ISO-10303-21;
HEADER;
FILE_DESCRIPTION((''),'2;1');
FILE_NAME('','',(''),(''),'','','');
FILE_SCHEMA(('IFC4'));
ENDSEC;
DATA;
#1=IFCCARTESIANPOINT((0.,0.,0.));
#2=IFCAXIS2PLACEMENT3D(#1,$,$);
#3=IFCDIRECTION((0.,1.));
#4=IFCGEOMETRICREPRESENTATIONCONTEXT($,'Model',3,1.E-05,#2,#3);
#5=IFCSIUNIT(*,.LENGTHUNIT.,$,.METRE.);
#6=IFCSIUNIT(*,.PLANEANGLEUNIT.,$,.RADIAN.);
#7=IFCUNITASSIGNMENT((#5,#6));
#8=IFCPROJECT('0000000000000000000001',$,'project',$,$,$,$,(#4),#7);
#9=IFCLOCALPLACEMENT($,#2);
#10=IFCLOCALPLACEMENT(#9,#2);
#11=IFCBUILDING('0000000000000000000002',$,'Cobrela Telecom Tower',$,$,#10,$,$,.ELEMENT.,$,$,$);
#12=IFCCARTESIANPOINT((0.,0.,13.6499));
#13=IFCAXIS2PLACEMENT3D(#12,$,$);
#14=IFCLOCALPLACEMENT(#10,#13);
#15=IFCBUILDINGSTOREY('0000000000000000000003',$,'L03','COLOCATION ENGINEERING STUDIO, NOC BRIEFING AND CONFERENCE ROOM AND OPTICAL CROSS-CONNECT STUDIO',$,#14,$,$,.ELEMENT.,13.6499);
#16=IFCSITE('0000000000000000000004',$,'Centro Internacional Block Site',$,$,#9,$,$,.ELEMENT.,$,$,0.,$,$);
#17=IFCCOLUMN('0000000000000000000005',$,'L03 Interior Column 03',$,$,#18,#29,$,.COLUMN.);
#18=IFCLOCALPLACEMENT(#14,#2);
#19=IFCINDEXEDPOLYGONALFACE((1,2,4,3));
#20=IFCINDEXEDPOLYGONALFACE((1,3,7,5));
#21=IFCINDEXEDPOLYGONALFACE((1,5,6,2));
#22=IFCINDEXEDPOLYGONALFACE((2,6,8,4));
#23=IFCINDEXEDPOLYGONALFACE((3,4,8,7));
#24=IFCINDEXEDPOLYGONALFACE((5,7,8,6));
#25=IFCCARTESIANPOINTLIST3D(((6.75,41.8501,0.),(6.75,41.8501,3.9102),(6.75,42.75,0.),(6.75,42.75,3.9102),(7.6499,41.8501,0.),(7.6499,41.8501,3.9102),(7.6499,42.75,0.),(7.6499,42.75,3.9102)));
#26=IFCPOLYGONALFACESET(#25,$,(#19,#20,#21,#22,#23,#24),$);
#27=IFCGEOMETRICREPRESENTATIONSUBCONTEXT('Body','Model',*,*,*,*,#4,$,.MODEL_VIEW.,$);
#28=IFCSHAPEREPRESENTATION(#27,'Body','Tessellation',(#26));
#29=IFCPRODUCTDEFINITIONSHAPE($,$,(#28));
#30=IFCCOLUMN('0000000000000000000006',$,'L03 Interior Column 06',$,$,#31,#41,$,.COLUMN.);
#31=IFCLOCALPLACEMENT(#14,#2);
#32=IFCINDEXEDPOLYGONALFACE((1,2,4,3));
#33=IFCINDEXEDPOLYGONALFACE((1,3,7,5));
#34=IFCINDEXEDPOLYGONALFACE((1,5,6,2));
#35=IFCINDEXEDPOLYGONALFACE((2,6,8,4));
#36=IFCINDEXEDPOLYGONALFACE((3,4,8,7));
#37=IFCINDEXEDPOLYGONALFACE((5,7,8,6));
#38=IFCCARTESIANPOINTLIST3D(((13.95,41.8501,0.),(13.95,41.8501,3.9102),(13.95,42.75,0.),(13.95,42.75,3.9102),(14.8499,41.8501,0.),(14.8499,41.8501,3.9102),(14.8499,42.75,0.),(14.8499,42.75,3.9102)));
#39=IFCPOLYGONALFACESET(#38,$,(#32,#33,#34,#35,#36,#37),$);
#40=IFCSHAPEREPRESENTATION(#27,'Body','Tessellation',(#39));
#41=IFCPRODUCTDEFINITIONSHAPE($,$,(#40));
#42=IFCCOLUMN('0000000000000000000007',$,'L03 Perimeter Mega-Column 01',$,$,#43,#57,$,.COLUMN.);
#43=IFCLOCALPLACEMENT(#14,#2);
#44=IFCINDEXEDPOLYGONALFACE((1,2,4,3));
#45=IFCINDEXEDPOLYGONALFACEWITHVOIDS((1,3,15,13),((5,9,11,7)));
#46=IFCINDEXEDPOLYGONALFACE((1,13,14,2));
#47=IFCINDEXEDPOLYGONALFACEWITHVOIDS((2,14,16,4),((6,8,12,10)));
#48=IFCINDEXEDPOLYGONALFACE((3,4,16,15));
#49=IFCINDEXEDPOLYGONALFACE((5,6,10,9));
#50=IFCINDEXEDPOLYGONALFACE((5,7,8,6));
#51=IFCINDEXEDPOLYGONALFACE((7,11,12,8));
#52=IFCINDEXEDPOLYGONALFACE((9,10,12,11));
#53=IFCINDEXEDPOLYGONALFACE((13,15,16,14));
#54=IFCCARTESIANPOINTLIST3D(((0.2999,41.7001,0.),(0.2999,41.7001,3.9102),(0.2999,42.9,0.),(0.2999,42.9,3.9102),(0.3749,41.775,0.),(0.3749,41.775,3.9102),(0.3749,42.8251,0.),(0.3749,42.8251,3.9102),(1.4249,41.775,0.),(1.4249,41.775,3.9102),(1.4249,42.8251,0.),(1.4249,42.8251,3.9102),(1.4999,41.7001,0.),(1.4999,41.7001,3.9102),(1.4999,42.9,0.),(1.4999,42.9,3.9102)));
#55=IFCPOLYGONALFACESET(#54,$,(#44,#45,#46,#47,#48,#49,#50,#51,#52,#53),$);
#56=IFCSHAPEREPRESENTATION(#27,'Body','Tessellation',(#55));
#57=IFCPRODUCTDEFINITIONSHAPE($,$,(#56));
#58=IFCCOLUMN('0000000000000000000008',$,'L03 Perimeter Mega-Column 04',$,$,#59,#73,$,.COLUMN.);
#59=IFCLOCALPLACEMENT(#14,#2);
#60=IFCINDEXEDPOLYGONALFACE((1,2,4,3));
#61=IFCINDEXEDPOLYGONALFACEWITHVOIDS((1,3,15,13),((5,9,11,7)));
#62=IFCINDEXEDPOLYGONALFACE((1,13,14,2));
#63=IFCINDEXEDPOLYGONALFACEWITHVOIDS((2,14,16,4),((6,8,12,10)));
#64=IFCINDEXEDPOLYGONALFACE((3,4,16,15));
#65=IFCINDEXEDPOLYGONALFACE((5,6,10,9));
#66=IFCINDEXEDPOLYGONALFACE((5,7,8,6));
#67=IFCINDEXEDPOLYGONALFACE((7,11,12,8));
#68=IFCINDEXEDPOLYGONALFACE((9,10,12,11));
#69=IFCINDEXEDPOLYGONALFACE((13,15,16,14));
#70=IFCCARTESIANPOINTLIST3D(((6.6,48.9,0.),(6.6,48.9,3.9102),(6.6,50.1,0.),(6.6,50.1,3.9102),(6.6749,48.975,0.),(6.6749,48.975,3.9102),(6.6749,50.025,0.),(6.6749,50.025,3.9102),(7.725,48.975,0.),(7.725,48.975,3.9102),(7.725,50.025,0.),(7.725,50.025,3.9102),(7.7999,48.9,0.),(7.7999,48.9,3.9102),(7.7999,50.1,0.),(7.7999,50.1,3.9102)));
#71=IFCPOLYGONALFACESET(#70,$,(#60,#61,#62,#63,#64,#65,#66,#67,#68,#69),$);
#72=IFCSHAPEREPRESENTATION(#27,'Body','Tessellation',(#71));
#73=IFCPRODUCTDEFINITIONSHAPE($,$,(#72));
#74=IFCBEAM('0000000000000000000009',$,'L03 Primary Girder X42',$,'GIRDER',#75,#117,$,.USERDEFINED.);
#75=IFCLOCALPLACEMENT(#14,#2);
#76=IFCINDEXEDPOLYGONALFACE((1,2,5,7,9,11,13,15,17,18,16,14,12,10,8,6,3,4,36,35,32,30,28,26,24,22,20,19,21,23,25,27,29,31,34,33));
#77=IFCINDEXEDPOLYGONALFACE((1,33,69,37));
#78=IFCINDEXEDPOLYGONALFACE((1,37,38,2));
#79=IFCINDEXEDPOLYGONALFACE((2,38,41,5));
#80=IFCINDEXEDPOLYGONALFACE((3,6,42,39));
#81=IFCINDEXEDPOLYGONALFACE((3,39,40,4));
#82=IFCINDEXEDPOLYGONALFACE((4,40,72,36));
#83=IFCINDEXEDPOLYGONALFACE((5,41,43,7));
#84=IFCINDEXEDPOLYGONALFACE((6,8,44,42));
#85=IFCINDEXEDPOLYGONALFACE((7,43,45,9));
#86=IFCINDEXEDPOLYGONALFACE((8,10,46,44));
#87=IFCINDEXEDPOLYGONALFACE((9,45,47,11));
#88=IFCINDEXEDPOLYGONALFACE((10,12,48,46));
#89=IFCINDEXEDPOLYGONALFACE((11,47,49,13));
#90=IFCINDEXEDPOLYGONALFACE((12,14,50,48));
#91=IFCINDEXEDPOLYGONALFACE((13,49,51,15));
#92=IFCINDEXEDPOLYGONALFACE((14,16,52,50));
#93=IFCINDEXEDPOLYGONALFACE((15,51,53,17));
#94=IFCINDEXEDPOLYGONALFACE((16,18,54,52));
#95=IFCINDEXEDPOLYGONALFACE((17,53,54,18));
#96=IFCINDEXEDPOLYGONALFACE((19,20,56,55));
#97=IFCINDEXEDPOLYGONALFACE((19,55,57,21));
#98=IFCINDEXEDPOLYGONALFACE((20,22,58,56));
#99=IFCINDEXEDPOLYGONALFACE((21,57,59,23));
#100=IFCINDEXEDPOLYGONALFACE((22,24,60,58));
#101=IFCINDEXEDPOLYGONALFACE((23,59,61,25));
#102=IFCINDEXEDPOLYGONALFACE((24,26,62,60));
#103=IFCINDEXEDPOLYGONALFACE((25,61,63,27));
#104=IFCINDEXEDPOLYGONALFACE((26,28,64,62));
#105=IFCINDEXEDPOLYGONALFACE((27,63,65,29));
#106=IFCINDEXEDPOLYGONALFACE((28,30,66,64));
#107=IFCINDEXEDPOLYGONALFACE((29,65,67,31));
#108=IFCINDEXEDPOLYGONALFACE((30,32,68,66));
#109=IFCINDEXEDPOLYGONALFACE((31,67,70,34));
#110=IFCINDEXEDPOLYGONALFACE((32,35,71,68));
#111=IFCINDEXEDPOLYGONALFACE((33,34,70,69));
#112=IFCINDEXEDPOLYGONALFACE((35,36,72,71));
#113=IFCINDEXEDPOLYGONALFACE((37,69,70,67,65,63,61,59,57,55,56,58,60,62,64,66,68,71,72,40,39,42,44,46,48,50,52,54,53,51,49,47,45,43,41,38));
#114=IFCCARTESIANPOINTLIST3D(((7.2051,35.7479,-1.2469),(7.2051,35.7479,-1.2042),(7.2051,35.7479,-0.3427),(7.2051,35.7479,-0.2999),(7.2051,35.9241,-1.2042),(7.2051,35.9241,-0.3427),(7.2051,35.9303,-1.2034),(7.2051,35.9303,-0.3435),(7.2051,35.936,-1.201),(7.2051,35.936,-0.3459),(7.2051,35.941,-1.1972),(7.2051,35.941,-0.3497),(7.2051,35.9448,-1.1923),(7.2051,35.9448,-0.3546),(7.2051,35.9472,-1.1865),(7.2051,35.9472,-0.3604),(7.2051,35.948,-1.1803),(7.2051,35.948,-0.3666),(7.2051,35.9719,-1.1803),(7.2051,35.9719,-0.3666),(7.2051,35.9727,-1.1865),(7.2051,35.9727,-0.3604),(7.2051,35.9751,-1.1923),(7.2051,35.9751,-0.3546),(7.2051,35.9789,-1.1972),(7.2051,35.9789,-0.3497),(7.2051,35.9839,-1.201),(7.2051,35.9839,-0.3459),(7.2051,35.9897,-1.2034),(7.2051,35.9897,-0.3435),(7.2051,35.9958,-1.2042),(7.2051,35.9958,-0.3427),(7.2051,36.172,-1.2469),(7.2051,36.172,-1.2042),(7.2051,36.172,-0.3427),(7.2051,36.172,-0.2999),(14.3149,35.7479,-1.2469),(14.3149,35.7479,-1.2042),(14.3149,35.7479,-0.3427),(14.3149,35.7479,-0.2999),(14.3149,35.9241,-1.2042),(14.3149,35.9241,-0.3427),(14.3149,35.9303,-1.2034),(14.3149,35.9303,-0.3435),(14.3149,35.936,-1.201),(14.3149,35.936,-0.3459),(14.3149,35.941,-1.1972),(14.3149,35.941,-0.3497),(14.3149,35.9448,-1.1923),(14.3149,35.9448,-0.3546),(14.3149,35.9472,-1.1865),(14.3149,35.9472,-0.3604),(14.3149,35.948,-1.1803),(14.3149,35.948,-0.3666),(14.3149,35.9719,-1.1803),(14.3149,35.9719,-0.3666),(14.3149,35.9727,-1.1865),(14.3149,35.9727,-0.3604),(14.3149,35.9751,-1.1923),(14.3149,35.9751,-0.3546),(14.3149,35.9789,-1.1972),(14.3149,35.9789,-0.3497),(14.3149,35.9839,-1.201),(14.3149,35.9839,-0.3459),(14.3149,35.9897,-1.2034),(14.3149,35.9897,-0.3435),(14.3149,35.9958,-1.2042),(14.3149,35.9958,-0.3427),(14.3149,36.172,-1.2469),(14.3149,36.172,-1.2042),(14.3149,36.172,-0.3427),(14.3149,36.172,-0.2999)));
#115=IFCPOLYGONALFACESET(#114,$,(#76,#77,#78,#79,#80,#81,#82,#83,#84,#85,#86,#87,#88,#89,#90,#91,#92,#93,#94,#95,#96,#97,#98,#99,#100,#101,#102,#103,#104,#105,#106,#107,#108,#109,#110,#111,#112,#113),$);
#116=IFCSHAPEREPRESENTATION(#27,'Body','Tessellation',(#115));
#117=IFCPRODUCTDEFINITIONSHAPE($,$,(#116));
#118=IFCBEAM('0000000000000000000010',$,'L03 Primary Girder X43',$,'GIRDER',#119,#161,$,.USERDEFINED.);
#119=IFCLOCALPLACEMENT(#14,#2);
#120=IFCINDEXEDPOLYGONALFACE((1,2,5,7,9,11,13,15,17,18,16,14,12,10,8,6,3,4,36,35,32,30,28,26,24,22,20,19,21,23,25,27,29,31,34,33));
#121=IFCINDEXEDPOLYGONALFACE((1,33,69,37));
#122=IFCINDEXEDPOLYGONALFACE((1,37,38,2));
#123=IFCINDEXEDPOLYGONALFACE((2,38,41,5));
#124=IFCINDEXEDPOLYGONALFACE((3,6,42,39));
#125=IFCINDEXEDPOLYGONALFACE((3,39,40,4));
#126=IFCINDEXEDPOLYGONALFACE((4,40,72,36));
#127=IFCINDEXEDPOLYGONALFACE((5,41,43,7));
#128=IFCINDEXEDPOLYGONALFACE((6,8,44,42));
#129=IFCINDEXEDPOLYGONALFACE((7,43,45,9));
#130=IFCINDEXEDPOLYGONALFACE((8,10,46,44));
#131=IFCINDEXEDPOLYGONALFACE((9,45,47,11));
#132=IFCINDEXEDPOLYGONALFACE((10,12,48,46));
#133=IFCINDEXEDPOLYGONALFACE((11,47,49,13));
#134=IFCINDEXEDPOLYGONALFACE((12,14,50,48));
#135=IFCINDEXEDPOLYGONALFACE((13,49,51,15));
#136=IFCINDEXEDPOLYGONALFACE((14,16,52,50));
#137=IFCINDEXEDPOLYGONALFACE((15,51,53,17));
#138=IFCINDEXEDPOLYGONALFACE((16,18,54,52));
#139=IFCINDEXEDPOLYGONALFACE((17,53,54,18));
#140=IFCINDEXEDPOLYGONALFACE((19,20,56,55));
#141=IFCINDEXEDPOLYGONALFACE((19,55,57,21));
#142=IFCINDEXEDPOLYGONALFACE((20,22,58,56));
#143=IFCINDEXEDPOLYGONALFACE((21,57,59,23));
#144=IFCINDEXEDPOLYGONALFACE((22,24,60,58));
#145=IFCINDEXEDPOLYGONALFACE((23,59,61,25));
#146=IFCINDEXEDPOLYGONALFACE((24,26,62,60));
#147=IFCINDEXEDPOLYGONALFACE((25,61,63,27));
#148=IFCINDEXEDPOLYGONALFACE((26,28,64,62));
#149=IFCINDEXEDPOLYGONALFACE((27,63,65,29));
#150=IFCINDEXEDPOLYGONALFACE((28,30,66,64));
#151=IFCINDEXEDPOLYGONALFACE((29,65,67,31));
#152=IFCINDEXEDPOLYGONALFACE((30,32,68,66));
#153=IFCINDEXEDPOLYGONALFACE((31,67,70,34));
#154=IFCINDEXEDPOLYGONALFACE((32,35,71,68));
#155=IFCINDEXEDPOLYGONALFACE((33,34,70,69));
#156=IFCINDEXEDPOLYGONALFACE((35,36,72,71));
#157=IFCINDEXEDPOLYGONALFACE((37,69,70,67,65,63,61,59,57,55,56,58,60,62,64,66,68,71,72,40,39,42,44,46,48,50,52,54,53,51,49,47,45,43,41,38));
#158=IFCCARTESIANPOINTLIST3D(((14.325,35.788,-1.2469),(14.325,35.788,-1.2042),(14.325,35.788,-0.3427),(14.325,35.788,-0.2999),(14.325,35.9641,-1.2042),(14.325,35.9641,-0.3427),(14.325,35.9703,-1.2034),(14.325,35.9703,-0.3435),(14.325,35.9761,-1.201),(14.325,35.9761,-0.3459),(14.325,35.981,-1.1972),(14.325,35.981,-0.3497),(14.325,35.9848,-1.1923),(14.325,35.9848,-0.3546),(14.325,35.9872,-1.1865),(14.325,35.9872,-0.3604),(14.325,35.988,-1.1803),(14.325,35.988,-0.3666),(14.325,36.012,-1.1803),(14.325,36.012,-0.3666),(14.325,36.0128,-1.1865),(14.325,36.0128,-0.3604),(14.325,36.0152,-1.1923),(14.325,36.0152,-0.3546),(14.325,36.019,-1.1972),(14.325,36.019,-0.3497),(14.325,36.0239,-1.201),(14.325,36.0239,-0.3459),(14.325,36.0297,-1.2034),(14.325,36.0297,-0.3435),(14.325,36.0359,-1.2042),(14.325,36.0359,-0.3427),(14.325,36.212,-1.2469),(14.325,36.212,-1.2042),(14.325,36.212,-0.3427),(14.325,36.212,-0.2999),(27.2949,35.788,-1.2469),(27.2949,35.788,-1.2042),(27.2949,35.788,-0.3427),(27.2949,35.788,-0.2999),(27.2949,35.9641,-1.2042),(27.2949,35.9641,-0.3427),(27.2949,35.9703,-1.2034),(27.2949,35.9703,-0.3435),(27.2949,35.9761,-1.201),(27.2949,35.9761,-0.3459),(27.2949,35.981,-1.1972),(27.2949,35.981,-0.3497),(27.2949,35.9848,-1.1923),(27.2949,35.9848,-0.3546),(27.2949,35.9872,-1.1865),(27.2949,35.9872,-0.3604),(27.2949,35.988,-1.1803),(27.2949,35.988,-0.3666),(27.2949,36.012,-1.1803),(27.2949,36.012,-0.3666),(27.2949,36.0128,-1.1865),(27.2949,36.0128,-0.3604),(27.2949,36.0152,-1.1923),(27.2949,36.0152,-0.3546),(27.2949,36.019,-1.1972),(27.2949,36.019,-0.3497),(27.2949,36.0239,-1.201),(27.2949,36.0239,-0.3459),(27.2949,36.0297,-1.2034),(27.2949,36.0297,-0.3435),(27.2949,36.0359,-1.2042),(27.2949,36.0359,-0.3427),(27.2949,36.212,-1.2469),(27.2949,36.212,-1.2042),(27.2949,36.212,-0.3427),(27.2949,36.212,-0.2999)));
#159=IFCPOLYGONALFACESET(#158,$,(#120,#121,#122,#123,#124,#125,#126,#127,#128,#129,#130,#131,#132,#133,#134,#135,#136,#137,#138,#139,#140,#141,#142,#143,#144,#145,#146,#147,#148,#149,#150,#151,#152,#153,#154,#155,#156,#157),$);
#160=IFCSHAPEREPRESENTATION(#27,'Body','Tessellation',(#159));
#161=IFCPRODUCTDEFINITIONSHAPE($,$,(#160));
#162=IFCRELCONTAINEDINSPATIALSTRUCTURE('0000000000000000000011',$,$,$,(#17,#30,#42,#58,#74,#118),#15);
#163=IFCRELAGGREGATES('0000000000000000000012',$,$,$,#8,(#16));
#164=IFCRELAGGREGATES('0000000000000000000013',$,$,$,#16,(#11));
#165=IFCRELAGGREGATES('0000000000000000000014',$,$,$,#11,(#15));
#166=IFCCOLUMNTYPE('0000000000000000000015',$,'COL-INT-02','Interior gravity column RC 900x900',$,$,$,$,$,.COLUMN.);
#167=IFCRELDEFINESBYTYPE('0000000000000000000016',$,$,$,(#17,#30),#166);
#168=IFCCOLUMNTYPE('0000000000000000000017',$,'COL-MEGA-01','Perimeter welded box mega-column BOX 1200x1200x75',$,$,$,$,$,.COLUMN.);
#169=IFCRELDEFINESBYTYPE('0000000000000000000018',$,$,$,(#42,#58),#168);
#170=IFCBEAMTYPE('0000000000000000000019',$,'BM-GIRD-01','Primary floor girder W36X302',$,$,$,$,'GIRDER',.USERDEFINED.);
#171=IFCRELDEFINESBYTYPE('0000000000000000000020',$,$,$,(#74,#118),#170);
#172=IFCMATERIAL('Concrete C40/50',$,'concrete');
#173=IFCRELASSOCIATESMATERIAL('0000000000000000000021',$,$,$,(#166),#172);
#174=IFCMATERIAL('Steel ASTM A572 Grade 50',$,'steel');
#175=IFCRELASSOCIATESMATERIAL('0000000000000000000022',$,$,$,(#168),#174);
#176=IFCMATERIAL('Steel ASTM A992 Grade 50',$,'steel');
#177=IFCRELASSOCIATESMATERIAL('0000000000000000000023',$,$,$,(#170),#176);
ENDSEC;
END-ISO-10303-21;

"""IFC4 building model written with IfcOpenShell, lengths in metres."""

from ifc_helpers import new_model, si_unit, direction, frame, origin, origin_2d, place, context, subcontext, project, spatial, rectangle, hollow_rectangle, i_section, extrude, material, material_profile, profile_set, type_object, element, save


model = new_model("IFC4")

# Units and contexts
model_context = context("Model", 3, precision=1e-05, world=origin(), true_north=direction((0.0, 1.0)))
body_context = subcontext(model_context, "Body", "Model", "MODEL_VIEW")
ifc_project = project(units=[si_unit("LENGTHUNIT", "METRE"), si_unit("PLANEANGLEUNIT", "RADIAN")], contexts=[model_context])

# Site, building, storey
site_placement = place(None, origin())
site = spatial("IfcSite", under=ifc_project, at=site_placement, Name="Centro Internacional Block Site", CompositionType="ELEMENT", RefElevation=0.0)
building_placement = place(site_placement, origin())
building = spatial("IfcBuilding", under=site, at=building_placement, Name="Cobrela Telecom Tower", CompositionType="ELEMENT")
storey_placement = place(building_placement, frame((0.0, 0.0, 13.6499)))
storey = spatial("IfcBuildingStorey", under=building, at=storey_placement, Name="L03", Description="COLOCATION ENGINEERING STUDIO, NOC BRIEFING AND CONFERENCE ROOM AND OPTICAL CROSS-CONNECT STUDIO", CompositionType="ELEMENT", Elevation=13.6499)

# Columns
ifc_material_1 = material(Name="Concrete C40/50", Category="concrete")
ifc_material_profile_1 = material_profile(ifc_material_1, rectangle(XDim=0.8999, YDim=0.8999, at=origin_2d()), Name="RC 900x900")
ifc_profile_set_1 = profile_set([ifc_material_profile_1], Name="Concrete C40/50")
column_type_1 = type_object("IfcColumnType", Name="COL-INT-02", Description="Interior gravity column RC 900x900", PredefinedType="COLUMN", material=ifc_profile_set_1)
for number, where, z_axis, x_axis, name in (
    (1, (7.2, 42.3, 0.0), (0.0, 0.0, 1.0), (1.0, 0.0, 0.0), "L03 Interior Column 03"),
    (2, (14.3999, 42.3, 0.0), (0.0, 0.0, 1.0), (1.0, 0.0, 0.0), "L03 Interior Column 06"),
):
    element("IfcColumn", number, at=place(storey_placement, frame(where, z_axis=z_axis, x_axis=x_axis)), inside=storey, type_object=column_type_1, Name=name, PredefinedType="COLUMN", context=body_context, shape_type="SweptSolid", body=[
        extrude(rectangle(XDim=0.8999, YDim=0.8999, at=origin_2d()), origin(), (0.0, 0.0, 1.0), 3.9102),
    ])
ifc_material_2 = material(Name="Steel ASTM A572 Grade 50", Category="steel")
ifc_material_profile_2 = material_profile(ifc_material_2, hollow_rectangle(XDim=1.2, YDim=1.2, WallThickness=0.075, at=origin_2d()), Name="BOX 1200x1200x75")
ifc_profile_set_2 = profile_set([ifc_material_profile_2], Name="Steel ASTM A572 Grade 50")
column_type_2 = type_object("IfcColumnType", Name="COL-MEGA-01", Description="Perimeter welded box mega-column BOX 1200x1200x75", PredefinedType="COLUMN", material=ifc_profile_set_2)
for number, where, z_axis, x_axis, name in (
    (3, (0.8999, 42.3, 0.0), (0.0, 0.0, 1.0), (1.0, 0.0, 0.0), "L03 Perimeter Mega-Column 01"),
    (4, (7.2, 49.5, 0.0), (0.0, 0.0, 1.0), (1.0, 0.0, 0.0), "L03 Perimeter Mega-Column 04"),
):
    element("IfcColumn", number, at=place(storey_placement, frame(where, z_axis=z_axis, x_axis=x_axis)), inside=storey, type_object=column_type_2, Name=name, PredefinedType="COLUMN", context=body_context, shape_type="SweptSolid", body=[
        extrude(hollow_rectangle(XDim=1.2, YDim=1.2, WallThickness=0.075, at=origin_2d()), origin(), (0.0, 0.0, 1.0), 3.9102),
    ])

# Beams
ifc_material_3 = material(Name="Steel ASTM A992 Grade 50", Category="steel")
ifc_material_profile_3 = material_profile(ifc_material_3, i_section(OverallWidth=0.4241, OverallDepth=0.947, WebThickness=0.0239, FlangeThickness=0.0427, FilletRadius=0.0239, at=origin_2d()), Name="W36X302")
ifc_profile_set_3 = profile_set([ifc_material_profile_3], Name="Steel ASTM A992 Grade 50")
beam_type_1 = type_object("IfcBeamType", Name="BM-GIRD-01", Description="Primary floor girder W36X302", ElementType="GIRDER", PredefinedType="USERDEFINED", material=ifc_profile_set_3)
beam_1_placement = place(storey_placement, frame((7.2051, 35.96, -0.7734), z_axis=(1.0, 0.0, 0.0), x_axis=(0.0, 1.0, 0.0)))
element("IfcBeam", 5, at=beam_1_placement, inside=storey, type_object=beam_type_1, Name="L03 Primary Girder X42", ObjectType="GIRDER", PredefinedType="USERDEFINED", context=body_context, shape_type="SweptSolid", body=[
    extrude(i_section(OverallWidth=0.4241, OverallDepth=0.947, WebThickness=0.0239, FlangeThickness=0.0427, FilletRadius=0.0239, at=origin_2d()), origin(), (0.0, 0.0, 1.0), 7.1099),
])
beam_2_placement = place(storey_placement, frame((14.325, 36.0, -0.7734), z_axis=(1.0, 0.0, 0.0), x_axis=(0.0, 1.0, 0.0)))
element("IfcBeam", 6, at=beam_2_placement, inside=storey, type_object=beam_type_1, Name="L03 Primary Girder X43", ObjectType="GIRDER", PredefinedType="USERDEFINED", context=body_context, shape_type="SweptSolid", body=[
    extrude(i_section(OverallWidth=0.4241, OverallDepth=0.947, WebThickness=0.0239, FlangeThickness=0.0427, FilletRadius=0.0239, at=origin_2d()), origin(), (0.0, 0.0, 1.0), 12.97),
])

save(model, "model.ifc")
